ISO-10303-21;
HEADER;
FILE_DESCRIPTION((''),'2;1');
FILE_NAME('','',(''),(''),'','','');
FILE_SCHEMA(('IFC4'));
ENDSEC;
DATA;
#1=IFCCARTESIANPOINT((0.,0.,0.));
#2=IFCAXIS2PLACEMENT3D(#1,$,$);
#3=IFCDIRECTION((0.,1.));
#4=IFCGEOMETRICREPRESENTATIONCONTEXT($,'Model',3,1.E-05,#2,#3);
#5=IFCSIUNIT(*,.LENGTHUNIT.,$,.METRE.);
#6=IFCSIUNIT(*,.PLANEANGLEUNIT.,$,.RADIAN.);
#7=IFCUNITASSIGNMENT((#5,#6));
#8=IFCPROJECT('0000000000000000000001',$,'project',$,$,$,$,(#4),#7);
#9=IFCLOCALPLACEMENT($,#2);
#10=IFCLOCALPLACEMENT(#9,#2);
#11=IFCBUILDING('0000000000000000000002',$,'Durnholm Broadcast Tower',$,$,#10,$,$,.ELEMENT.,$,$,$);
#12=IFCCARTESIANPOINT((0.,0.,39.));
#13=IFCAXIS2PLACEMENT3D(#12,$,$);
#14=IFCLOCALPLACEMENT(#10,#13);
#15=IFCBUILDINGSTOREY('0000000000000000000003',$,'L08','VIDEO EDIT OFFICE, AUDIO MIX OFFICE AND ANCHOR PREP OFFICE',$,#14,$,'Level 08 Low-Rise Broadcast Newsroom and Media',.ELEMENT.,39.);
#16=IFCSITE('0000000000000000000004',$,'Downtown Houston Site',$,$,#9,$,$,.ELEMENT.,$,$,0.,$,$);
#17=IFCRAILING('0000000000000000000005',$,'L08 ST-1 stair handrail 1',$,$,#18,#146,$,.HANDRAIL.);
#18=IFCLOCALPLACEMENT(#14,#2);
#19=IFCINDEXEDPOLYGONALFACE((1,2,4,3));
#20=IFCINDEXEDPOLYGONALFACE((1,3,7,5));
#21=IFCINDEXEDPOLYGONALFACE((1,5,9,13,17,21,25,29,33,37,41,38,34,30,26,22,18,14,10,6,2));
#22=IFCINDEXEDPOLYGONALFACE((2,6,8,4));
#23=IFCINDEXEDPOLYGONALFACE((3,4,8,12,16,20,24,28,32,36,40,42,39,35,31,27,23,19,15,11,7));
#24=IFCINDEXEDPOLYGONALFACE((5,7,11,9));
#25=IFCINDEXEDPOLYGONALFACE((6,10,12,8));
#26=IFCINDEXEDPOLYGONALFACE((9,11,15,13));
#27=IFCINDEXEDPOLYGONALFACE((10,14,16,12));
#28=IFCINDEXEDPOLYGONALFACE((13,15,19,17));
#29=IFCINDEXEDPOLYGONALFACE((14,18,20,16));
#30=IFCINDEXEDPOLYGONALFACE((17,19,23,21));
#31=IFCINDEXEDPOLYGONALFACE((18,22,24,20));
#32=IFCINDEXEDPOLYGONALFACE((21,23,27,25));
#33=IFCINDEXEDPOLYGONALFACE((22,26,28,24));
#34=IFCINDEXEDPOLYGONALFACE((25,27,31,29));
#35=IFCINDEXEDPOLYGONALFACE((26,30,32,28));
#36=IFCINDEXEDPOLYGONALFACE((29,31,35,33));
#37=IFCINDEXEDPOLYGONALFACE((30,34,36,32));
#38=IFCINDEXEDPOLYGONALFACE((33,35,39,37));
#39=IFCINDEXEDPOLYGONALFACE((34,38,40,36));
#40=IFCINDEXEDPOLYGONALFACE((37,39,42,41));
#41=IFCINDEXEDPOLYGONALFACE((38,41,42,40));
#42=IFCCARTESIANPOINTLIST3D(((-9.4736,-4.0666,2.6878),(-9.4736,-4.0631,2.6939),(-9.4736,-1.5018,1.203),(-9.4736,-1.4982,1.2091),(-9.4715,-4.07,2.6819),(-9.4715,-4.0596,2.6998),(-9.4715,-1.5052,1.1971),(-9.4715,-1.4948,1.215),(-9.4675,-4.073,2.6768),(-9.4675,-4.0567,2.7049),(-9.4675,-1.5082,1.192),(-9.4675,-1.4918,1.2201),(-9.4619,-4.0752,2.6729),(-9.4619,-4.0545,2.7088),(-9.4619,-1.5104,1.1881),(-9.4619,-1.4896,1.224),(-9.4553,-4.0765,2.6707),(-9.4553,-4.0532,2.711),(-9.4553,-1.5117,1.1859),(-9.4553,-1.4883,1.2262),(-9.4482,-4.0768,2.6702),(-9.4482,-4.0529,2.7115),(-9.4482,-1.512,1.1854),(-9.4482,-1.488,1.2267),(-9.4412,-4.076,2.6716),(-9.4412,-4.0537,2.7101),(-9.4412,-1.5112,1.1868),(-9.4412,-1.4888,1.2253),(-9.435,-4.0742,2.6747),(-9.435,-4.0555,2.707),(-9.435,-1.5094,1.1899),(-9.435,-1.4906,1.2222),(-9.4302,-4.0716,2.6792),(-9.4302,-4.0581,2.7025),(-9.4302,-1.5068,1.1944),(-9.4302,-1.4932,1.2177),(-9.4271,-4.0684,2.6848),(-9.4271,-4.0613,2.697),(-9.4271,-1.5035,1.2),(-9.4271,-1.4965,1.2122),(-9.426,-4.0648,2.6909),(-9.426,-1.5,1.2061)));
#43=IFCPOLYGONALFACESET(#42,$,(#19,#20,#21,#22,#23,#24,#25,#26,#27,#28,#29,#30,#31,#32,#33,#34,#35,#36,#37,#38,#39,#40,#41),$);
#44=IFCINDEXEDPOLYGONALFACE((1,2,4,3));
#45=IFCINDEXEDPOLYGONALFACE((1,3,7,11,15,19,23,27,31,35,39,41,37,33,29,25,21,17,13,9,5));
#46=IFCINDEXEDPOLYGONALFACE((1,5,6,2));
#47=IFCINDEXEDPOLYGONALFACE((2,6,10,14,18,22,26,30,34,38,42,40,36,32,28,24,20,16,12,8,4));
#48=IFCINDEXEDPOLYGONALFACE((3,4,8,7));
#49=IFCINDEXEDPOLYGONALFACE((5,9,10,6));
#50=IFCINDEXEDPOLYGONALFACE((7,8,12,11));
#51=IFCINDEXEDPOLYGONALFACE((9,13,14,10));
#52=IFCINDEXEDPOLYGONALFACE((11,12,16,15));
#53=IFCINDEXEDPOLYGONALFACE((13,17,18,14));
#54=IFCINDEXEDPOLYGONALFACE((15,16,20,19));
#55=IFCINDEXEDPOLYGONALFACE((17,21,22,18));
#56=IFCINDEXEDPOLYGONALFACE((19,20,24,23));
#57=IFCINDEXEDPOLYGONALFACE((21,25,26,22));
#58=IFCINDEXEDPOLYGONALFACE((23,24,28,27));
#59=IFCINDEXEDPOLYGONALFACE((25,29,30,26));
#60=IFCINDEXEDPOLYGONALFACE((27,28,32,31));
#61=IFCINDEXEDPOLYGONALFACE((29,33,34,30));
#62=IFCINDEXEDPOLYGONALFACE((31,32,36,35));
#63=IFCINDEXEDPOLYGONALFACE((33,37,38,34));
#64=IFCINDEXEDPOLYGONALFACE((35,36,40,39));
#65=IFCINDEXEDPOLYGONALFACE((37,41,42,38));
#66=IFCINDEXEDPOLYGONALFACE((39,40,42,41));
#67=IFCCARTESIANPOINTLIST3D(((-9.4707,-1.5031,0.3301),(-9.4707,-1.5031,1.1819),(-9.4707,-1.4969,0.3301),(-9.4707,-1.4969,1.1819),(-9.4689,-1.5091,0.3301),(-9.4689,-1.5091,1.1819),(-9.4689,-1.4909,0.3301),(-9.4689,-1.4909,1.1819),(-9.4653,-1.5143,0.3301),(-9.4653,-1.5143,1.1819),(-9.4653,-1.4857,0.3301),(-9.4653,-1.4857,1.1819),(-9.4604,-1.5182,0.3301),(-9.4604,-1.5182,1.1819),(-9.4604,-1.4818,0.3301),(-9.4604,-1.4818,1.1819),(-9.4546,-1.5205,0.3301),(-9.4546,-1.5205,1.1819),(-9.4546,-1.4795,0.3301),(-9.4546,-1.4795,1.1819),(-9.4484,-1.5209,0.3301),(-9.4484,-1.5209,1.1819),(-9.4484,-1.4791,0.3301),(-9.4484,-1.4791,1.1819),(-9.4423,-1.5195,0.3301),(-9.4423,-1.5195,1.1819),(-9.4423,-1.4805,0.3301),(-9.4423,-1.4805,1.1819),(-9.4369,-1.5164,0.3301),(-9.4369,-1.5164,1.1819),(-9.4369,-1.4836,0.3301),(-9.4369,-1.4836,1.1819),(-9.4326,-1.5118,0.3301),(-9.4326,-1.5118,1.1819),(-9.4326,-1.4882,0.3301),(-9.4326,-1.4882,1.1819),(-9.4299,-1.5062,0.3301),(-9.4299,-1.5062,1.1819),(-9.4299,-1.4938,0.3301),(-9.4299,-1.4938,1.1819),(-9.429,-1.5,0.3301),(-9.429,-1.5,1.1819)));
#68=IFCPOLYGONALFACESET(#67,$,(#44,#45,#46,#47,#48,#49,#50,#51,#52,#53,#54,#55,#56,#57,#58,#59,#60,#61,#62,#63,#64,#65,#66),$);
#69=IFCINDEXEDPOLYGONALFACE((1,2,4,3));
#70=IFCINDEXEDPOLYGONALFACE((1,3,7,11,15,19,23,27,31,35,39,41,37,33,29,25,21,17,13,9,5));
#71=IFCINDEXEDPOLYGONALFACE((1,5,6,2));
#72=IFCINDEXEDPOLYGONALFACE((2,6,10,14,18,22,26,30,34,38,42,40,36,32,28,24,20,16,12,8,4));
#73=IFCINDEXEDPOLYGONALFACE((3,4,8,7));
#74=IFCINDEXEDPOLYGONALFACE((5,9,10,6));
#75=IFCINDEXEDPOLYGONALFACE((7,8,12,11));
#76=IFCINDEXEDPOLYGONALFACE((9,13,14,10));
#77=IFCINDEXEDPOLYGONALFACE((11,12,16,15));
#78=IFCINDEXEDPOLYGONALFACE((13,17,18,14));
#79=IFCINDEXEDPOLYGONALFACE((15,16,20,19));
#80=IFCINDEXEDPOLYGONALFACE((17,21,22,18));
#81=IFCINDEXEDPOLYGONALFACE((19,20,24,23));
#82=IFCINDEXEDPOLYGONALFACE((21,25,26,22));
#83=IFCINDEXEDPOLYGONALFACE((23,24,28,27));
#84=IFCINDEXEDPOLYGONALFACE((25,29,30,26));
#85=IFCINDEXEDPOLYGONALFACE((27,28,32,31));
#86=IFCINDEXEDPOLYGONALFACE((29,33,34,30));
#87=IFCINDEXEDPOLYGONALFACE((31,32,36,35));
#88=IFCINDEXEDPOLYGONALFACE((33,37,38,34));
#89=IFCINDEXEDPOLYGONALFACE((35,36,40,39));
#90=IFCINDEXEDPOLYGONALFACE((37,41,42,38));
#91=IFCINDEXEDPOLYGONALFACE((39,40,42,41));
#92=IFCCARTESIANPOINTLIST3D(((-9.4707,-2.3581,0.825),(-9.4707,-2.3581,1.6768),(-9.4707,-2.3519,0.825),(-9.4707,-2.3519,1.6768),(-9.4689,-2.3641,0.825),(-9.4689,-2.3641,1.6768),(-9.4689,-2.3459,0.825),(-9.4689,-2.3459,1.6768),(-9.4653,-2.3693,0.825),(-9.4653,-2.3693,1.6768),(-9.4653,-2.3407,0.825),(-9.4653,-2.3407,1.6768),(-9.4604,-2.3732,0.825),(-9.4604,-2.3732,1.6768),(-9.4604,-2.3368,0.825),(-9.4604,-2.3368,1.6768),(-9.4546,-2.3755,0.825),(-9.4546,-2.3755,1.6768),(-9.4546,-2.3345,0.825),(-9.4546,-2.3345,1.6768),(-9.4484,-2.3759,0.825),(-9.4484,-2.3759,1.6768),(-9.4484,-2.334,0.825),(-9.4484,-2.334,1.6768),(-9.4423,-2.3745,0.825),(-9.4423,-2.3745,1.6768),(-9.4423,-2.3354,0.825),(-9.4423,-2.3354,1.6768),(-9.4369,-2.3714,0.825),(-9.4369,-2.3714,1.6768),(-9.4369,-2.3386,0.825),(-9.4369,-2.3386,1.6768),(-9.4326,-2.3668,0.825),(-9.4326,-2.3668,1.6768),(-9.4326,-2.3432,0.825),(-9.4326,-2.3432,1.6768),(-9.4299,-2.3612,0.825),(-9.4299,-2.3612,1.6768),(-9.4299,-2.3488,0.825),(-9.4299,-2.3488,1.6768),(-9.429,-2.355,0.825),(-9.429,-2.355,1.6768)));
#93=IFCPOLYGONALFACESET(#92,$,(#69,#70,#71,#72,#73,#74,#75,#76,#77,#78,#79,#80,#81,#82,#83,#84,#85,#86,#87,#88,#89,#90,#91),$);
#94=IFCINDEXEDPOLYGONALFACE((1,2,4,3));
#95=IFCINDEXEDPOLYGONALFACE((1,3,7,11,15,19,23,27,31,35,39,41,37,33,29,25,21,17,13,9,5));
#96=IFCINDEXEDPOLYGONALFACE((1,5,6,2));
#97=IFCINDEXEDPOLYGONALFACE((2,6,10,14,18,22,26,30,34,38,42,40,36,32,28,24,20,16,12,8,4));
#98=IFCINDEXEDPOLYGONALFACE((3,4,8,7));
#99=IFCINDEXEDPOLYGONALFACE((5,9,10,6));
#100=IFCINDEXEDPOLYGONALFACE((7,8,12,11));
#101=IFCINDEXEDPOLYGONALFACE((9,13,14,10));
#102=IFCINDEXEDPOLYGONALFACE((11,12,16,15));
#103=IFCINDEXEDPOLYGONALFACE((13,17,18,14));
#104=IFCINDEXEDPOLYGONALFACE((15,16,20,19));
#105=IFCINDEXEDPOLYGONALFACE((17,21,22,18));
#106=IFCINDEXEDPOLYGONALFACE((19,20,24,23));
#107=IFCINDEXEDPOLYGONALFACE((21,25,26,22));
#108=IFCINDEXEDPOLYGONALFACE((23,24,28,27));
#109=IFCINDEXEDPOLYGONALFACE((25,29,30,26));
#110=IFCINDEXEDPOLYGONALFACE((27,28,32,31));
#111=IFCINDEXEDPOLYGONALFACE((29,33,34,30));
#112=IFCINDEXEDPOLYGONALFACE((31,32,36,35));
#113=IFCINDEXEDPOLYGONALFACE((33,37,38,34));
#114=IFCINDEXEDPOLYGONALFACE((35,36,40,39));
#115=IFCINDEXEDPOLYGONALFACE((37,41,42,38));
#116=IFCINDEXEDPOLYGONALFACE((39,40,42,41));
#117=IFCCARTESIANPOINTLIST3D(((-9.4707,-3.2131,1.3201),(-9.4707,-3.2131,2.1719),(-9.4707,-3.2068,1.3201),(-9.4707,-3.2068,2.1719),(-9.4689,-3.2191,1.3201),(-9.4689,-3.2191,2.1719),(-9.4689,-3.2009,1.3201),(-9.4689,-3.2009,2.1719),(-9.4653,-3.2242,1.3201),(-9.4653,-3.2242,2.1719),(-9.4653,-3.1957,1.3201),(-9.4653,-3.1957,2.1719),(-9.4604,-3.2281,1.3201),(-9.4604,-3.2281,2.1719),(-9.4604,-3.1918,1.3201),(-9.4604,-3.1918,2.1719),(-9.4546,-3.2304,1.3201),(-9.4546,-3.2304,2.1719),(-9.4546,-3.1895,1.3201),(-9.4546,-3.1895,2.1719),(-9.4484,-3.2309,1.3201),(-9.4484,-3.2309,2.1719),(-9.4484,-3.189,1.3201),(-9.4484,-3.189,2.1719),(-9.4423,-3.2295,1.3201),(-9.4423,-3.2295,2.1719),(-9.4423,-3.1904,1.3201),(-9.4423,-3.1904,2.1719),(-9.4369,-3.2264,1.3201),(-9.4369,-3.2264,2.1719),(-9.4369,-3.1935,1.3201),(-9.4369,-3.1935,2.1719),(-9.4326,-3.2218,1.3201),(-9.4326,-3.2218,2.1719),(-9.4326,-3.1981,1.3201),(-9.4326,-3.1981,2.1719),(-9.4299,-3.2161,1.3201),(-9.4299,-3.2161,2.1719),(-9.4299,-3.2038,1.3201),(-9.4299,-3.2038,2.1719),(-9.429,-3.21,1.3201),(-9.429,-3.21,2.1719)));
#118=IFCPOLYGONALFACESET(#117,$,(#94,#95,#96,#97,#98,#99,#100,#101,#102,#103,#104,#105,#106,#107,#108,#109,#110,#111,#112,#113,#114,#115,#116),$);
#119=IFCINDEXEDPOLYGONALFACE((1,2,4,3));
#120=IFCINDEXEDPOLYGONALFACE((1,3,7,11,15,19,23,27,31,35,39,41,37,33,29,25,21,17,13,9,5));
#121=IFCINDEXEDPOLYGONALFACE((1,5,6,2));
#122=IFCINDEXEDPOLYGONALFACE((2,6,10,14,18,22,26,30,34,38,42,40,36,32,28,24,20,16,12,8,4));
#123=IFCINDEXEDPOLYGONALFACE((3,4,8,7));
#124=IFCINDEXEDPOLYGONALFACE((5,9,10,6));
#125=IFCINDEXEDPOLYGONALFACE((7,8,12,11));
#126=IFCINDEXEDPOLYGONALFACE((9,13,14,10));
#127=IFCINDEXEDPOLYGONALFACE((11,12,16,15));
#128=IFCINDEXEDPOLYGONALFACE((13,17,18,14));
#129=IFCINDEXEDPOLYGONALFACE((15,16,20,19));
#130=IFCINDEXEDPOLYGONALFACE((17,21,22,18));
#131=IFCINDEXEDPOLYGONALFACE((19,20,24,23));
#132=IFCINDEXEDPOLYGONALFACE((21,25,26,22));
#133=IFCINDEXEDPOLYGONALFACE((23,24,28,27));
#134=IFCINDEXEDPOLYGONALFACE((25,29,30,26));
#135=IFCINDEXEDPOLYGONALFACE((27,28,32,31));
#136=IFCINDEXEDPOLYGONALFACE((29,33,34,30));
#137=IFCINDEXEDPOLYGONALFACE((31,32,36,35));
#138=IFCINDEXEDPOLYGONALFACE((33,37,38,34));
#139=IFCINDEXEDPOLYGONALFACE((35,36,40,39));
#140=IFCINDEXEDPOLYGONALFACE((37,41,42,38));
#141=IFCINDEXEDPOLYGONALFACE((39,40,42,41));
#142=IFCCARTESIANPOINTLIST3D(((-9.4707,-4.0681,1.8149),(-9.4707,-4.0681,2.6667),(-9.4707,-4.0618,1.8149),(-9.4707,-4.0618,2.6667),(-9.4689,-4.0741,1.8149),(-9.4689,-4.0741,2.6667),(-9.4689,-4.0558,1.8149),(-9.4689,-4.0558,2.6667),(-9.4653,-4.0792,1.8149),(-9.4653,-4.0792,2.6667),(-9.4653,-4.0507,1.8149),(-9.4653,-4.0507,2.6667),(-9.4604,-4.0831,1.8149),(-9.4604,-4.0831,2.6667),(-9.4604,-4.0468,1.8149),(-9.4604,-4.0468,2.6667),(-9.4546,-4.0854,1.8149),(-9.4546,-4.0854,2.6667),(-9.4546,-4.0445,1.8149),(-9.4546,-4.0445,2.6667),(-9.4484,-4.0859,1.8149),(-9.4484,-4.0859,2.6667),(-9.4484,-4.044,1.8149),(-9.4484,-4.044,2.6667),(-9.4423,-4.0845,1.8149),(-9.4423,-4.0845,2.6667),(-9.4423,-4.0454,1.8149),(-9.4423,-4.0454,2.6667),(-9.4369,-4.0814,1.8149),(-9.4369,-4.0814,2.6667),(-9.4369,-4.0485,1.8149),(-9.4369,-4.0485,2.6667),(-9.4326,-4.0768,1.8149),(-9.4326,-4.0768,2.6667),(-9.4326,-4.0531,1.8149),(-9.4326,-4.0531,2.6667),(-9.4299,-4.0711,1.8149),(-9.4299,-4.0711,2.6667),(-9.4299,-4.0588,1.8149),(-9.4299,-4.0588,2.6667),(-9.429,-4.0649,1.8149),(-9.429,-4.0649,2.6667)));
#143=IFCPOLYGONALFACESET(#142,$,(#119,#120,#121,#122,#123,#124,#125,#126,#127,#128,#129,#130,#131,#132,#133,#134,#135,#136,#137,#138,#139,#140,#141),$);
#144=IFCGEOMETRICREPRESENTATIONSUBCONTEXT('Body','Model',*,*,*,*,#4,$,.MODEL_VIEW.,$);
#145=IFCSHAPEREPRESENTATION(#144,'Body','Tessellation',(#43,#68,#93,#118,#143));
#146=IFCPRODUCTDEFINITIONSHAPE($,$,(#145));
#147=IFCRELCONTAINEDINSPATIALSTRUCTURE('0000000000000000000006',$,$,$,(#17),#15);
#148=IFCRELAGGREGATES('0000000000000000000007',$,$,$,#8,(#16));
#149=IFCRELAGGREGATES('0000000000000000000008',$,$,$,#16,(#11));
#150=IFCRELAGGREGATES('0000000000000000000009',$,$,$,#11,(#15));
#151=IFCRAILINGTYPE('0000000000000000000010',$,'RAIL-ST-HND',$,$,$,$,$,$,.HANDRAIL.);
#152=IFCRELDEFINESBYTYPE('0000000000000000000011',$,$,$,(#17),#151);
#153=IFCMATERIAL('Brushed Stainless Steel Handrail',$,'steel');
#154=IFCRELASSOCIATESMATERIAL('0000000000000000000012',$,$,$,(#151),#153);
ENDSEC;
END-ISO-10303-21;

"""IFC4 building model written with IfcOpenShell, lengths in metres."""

from ifc_helpers import new_model, si_unit, direction, frame, origin, origin_2d, place, context, subcontext, project, spatial, circle, extrude, material, type_object, element, save


model = new_model("IFC4")

# Units and contexts
model_context = context("Model", 3, precision=1e-05, world=origin(), true_north=direction((0.0, 1.0)))
body_context = subcontext(model_context, "Body", "Model", "MODEL_VIEW")
ifc_project = project(units=[si_unit("LENGTHUNIT", "METRE"), si_unit("PLANEANGLEUNIT", "RADIAN")], contexts=[model_context])

# Site, building, storey
site_placement = place(None, origin())
site = spatial("IfcSite", under=ifc_project, at=site_placement, Name="Downtown Houston Site", CompositionType="ELEMENT", RefElevation=0.0)
building_placement = place(site_placement, origin())
building = spatial("IfcBuilding", under=site, at=building_placement, Name="Durnholm Broadcast Tower", CompositionType="ELEMENT")
storey_placement = place(building_placement, frame((0.0, 0.0, 39.0)))
storey = spatial("IfcBuildingStorey", under=building, at=storey_placement, Name="L08", Description="VIDEO EDIT OFFICE, AUDIO MIX OFFICE AND ANCHOR PREP OFFICE", LongName="Level 08 Low-Rise Broadcast Newsroom and Media", CompositionType="ELEMENT", Elevation=39.0)

# Railing
ifc_material_1 = material(Name="Brushed Stainless Steel Handrail", Category="steel")
railing_type_1 = type_object("IfcRailingType", Name="RAIL-ST-HND", PredefinedType="HANDRAIL", material=ifc_material_1)
railing_1_placement = place(storey_placement, frame((-9.45, -1.5, 0.3301)))
element("IfcRailing", 1, at=railing_1_placement, inside=storey, type_object=railing_type_1, Name="L08 ST-1 stair handrail 1", PredefinedType="HANDRAIL", context=body_context, shape_type="SweptSolid", body=[
    extrude(circle(Radius=0.0239, at=origin_2d()), frame((0.0, 0.0, 0.876), z_axis=(0.0, -0.865441, 0.50101), x_axis=(1.0, 0.0, 0.0)), (0.0, 0.0, 1.0), 2.9636),
    extrude(circle(Radius=0.021, at=origin_2d()), origin(), (0.0, 0.0, 1.0), 0.8518),
    extrude(circle(Radius=0.021, at=origin_2d()), frame((0.0, -0.855, 0.4949)), (0.0, 0.0, 1.0), 0.8518),
    extrude(circle(Radius=0.021, at=origin_2d()), frame((0.0, -1.71, 0.99)), (0.0, 0.0, 1.0), 0.8518),
    extrude(circle(Radius=0.021, at=origin_2d()), frame((0.0, -2.5649, 1.4849)), (0.0, 0.0, 1.0), 0.8518),
])

save(model, "model.ifc")
